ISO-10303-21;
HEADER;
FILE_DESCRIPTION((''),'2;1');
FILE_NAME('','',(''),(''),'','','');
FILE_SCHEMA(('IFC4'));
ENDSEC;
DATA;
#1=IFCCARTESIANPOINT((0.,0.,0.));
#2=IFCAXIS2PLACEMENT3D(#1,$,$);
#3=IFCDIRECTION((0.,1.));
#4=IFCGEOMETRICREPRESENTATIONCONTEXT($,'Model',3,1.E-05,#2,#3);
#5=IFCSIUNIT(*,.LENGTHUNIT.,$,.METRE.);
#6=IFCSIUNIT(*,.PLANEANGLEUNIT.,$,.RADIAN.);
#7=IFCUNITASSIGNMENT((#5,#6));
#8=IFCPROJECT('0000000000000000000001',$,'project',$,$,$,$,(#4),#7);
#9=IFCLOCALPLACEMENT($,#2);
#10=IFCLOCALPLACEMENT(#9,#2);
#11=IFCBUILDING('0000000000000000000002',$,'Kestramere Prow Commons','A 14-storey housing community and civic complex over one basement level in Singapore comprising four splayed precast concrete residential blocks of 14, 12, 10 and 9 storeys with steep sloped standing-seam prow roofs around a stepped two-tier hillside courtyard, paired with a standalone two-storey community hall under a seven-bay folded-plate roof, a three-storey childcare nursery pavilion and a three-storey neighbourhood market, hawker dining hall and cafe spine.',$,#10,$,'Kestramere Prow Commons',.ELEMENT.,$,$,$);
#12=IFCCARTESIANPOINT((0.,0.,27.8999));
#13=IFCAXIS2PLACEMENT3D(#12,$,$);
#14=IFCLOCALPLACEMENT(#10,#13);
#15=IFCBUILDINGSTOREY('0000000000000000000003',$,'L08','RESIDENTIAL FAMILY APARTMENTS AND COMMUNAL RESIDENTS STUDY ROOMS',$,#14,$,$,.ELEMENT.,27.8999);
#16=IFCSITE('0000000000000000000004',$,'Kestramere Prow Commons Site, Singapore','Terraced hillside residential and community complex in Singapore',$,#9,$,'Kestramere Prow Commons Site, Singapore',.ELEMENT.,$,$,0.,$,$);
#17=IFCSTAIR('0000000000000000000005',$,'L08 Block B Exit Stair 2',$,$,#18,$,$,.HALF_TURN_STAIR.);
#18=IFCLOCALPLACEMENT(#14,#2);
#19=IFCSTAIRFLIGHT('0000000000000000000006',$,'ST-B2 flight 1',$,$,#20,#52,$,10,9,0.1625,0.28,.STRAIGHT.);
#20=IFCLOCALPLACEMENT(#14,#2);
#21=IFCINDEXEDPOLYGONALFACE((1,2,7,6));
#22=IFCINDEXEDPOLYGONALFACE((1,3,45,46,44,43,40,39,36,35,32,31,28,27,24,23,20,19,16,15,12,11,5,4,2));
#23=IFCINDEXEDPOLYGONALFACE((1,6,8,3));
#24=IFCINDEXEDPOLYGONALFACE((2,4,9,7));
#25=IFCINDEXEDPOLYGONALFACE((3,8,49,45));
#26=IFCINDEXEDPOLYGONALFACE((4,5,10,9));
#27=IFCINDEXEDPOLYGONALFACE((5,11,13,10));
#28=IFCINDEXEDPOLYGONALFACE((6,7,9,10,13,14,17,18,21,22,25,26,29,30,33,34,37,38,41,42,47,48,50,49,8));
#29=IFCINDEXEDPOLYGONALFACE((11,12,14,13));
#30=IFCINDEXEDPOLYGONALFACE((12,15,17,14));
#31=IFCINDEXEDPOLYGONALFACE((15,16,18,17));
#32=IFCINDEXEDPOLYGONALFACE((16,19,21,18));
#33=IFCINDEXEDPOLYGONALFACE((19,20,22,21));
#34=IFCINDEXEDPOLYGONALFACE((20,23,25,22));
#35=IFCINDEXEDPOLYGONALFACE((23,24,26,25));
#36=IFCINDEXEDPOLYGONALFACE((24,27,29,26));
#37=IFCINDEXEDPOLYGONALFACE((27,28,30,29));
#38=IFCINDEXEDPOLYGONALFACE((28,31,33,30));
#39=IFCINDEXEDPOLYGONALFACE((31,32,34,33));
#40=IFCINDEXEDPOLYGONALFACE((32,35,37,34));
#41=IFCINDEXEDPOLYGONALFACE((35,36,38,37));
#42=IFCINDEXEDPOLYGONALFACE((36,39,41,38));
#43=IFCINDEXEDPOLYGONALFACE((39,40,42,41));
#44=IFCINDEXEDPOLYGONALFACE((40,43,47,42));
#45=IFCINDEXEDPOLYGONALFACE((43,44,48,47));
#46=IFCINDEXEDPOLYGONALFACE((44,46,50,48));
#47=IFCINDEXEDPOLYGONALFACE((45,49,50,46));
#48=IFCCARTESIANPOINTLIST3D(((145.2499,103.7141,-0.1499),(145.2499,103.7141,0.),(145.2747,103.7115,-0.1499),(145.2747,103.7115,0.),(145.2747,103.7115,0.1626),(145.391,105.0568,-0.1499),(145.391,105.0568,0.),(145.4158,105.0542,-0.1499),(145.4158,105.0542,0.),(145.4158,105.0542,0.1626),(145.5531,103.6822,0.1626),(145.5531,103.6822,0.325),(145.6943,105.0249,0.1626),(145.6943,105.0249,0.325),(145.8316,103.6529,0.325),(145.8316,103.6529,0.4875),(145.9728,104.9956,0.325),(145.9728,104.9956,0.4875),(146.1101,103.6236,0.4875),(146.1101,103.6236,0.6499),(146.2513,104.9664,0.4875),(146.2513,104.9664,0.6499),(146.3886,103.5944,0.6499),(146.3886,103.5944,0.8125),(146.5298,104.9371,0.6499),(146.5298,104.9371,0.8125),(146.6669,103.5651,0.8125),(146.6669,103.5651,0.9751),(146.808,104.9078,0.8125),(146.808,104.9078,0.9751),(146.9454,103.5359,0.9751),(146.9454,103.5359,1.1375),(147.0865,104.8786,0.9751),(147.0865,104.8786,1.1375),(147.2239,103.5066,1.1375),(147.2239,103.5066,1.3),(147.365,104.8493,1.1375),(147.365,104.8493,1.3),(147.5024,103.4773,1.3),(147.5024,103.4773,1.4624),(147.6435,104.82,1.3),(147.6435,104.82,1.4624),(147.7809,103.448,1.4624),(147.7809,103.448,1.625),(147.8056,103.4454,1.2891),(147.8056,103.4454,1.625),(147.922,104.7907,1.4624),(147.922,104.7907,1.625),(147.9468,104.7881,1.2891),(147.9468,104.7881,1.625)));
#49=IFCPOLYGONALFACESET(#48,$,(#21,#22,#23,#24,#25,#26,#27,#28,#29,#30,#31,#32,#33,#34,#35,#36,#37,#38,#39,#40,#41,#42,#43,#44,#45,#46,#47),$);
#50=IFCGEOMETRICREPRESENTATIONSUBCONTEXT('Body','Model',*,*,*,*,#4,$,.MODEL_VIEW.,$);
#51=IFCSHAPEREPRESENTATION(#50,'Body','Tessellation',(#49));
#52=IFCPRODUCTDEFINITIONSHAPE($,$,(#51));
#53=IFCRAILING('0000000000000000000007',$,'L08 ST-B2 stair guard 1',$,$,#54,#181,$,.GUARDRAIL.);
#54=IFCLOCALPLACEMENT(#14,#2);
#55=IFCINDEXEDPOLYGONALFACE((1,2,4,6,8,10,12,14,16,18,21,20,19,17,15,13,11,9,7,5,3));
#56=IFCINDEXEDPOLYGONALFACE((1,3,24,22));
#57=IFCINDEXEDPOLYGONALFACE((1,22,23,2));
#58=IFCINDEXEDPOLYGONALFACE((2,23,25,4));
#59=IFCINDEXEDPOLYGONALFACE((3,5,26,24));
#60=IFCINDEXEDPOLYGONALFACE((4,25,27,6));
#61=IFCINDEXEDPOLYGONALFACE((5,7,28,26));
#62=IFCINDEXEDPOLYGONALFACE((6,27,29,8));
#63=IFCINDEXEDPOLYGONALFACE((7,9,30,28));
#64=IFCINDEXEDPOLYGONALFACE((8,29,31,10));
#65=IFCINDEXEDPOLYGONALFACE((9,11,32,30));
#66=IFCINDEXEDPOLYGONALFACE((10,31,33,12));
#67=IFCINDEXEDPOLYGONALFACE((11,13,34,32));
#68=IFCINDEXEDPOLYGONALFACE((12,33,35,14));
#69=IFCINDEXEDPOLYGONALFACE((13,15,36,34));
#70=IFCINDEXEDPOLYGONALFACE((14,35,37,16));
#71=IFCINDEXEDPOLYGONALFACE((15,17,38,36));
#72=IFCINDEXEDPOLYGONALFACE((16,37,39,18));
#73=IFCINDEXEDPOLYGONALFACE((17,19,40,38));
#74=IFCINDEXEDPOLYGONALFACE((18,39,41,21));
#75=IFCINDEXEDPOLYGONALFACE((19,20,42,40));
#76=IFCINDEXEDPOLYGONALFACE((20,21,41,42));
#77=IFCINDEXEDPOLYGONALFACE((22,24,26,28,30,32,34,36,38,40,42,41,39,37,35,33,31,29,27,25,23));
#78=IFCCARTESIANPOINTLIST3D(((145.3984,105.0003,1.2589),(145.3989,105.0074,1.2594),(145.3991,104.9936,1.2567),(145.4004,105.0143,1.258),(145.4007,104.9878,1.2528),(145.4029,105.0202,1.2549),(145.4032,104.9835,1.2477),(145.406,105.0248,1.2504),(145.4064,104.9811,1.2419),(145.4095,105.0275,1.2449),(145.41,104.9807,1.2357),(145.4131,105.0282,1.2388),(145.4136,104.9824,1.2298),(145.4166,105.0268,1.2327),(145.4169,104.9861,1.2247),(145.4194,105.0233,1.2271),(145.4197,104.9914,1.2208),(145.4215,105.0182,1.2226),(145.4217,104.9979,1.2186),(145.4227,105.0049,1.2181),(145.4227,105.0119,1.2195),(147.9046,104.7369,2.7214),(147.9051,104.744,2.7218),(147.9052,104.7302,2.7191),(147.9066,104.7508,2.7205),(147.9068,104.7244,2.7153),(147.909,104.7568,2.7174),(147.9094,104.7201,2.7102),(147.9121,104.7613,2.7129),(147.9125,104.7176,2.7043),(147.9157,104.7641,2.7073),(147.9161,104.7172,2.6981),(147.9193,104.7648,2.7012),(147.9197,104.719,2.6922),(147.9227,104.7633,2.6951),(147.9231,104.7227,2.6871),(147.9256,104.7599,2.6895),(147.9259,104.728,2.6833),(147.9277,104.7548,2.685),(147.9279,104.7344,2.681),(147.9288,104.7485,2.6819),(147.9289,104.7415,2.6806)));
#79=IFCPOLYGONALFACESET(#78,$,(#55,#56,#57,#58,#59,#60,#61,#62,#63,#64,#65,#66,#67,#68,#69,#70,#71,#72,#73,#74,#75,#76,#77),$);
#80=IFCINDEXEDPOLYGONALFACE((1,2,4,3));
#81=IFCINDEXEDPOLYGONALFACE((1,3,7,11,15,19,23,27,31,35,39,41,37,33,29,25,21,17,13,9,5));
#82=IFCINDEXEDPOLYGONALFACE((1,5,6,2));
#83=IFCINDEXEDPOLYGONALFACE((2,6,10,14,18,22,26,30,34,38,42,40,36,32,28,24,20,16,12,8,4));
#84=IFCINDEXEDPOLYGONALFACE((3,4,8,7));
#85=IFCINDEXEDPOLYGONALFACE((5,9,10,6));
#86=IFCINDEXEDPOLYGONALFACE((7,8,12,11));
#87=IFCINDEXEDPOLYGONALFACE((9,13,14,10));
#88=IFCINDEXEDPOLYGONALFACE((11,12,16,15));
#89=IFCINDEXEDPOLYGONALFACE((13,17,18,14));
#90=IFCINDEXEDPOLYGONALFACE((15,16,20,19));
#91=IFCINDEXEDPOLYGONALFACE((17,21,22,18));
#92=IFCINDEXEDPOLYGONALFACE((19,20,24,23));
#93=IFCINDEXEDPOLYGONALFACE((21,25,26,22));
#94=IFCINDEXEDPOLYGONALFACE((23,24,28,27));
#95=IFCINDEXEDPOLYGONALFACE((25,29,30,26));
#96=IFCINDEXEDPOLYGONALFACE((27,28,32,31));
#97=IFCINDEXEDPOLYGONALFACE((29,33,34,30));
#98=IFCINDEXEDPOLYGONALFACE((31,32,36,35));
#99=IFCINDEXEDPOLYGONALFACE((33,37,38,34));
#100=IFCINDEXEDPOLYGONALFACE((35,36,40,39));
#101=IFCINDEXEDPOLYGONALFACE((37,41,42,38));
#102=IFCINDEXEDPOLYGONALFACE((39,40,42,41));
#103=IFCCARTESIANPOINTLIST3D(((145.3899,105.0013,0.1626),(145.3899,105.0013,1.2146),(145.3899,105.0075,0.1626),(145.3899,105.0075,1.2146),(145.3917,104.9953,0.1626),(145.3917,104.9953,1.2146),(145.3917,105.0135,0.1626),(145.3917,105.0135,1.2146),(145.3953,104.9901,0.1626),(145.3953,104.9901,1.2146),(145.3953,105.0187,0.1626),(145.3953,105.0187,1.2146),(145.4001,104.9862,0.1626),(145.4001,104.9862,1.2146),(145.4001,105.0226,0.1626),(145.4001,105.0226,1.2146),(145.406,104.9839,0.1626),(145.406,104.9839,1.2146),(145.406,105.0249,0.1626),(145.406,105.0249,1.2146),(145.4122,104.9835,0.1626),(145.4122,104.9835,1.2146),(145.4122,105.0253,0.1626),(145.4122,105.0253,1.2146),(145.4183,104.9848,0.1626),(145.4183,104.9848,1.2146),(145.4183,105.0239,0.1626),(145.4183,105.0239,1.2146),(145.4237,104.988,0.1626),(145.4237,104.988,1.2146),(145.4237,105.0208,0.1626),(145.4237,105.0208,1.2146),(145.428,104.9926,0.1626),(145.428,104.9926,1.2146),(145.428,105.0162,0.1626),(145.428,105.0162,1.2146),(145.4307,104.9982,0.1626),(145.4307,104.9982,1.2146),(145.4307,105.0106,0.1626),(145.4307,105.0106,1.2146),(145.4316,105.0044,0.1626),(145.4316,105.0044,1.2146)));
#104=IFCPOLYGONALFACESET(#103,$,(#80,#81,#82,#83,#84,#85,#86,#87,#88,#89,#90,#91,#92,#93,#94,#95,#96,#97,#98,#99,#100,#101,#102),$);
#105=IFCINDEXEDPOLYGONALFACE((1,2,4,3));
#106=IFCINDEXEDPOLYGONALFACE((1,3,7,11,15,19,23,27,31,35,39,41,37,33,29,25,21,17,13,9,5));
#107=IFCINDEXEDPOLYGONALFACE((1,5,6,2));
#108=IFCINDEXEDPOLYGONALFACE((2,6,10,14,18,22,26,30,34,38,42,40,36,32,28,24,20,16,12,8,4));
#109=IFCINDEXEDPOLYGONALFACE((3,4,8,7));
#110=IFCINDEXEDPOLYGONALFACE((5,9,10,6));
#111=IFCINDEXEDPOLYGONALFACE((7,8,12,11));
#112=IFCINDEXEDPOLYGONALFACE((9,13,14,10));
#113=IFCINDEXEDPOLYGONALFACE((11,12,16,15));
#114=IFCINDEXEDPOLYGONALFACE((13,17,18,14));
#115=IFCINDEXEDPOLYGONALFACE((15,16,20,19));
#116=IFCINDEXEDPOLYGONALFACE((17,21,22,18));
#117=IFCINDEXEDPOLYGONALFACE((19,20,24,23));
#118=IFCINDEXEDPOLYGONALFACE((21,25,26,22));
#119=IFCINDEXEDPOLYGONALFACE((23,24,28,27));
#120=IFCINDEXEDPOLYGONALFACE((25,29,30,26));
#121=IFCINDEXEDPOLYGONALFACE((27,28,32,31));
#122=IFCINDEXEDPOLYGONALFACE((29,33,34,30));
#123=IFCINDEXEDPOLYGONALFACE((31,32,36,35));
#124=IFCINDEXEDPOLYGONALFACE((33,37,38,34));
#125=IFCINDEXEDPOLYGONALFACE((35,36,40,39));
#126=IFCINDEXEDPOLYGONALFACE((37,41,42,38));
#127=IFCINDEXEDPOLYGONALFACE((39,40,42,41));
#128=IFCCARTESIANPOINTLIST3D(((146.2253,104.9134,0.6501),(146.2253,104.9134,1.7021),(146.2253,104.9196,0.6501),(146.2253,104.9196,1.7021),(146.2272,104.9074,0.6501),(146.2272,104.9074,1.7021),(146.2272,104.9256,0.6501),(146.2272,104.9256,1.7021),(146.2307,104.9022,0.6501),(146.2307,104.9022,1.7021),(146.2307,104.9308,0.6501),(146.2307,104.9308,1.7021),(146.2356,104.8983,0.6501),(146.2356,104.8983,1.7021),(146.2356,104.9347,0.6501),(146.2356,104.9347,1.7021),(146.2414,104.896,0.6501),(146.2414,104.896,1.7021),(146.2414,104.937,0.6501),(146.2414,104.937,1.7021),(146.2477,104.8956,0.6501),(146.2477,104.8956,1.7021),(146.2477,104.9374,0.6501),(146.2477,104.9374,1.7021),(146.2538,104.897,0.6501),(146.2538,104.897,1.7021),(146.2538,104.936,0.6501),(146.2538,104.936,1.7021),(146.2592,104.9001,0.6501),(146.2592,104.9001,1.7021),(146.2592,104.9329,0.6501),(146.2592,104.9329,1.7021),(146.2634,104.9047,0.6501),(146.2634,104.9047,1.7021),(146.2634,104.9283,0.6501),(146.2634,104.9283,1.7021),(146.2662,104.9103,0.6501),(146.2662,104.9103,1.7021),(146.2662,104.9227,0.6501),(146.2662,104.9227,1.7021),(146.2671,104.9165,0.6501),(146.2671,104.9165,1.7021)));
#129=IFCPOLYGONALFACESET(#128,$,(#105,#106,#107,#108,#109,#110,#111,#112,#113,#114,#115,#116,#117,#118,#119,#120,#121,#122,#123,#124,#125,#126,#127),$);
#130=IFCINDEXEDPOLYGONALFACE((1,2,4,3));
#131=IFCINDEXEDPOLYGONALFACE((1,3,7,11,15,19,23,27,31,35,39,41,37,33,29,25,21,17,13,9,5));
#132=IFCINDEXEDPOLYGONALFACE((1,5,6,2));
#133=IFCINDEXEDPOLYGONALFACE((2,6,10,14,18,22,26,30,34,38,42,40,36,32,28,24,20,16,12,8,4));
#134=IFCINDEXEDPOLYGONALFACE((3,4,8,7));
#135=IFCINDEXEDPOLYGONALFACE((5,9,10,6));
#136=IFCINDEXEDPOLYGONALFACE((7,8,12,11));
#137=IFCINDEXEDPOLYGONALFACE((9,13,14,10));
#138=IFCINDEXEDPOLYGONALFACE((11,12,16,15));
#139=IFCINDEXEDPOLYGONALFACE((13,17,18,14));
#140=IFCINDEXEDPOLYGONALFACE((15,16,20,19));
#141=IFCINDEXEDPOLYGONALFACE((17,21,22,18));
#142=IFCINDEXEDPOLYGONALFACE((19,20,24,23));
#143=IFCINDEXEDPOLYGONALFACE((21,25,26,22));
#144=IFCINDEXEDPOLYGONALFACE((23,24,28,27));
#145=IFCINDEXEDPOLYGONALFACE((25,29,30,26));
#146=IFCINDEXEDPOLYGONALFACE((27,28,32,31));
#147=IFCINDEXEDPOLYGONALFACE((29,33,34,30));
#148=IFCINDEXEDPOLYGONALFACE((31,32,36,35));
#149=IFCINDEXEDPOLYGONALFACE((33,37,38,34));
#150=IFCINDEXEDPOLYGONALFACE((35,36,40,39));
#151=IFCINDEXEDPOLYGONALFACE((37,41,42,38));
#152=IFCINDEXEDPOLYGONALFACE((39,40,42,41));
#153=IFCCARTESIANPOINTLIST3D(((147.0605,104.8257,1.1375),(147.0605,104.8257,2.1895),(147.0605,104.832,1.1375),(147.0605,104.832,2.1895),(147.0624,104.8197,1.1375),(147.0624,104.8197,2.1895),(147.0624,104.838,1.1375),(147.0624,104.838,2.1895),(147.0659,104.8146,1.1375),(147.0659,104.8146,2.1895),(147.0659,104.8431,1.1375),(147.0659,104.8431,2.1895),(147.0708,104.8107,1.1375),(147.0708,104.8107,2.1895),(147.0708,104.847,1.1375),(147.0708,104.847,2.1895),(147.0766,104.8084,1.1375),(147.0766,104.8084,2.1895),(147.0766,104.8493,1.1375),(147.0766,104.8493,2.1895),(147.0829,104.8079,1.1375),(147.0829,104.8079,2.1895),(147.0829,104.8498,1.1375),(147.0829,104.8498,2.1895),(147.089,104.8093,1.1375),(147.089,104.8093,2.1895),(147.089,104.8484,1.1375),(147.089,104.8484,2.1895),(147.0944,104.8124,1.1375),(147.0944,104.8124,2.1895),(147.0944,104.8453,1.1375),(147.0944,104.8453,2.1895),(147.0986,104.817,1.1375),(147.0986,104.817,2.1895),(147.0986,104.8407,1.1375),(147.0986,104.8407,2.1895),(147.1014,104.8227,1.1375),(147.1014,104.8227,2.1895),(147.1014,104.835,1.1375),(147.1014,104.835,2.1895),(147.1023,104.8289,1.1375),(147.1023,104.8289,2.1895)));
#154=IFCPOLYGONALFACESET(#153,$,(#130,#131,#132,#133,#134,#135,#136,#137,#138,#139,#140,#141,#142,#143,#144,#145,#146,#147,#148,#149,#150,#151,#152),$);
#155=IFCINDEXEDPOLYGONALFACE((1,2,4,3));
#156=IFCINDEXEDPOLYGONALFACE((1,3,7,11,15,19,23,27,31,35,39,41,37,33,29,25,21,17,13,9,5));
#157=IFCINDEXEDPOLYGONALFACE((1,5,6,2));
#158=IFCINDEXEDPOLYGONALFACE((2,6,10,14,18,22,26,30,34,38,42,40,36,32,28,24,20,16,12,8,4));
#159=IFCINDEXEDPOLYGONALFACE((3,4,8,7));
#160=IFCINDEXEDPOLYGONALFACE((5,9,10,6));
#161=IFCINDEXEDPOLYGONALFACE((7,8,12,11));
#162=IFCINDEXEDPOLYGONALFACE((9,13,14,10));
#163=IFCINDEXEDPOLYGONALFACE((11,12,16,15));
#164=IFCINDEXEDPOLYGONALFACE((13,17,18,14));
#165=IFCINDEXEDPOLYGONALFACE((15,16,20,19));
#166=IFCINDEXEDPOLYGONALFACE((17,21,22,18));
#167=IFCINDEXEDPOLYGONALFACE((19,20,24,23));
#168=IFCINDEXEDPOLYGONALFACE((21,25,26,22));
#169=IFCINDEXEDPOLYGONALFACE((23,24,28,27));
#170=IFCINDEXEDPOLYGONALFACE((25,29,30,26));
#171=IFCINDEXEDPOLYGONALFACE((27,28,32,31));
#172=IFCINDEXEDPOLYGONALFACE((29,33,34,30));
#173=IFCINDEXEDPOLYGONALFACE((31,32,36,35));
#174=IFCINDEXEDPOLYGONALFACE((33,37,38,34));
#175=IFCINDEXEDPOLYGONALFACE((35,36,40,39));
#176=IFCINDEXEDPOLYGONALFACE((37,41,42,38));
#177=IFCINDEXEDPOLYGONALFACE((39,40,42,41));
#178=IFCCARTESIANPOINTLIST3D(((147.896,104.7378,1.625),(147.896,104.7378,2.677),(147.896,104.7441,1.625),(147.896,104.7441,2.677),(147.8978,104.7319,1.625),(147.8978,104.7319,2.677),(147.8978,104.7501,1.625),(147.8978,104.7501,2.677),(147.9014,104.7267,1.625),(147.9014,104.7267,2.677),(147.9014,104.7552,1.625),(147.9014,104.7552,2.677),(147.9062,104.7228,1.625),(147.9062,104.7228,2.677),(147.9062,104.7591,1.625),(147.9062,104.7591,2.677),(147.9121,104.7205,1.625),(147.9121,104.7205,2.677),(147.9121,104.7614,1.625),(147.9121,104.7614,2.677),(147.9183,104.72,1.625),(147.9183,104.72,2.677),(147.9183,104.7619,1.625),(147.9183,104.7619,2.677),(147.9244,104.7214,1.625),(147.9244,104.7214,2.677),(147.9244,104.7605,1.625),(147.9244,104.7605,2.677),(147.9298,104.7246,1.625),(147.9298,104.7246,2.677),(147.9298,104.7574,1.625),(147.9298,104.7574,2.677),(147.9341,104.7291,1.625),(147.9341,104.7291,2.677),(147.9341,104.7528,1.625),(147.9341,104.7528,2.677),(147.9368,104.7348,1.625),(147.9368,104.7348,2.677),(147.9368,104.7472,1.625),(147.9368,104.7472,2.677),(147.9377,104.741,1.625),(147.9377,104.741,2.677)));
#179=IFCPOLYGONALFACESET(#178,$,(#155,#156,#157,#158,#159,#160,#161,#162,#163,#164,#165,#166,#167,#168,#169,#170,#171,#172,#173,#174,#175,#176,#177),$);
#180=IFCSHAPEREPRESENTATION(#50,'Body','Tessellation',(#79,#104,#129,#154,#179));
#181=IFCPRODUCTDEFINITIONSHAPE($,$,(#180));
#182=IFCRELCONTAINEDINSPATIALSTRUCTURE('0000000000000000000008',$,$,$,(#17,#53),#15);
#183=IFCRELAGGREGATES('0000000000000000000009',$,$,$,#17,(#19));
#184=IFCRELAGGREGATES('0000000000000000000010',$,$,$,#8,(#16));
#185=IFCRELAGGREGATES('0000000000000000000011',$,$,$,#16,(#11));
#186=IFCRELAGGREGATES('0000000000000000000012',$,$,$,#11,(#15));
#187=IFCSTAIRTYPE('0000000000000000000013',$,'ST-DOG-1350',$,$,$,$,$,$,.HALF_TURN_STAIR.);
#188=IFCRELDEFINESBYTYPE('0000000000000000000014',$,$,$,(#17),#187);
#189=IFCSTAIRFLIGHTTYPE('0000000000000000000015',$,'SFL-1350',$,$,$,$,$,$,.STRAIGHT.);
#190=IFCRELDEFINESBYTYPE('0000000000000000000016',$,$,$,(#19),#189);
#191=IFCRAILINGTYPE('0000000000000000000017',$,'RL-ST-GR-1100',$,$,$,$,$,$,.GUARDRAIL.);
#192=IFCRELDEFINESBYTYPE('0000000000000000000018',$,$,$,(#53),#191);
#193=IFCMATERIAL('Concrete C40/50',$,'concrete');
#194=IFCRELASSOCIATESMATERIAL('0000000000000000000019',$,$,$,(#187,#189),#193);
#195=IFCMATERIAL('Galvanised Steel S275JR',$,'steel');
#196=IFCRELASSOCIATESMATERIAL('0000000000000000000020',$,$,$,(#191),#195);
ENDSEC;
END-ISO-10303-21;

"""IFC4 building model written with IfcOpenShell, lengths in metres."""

from ifc_helpers import new_model, si_unit, direction, frame, origin, origin_2d, place, context, subcontext, project, spatial, polyline, circle, outline, extrude, material, type_object, element, aggregate, save


model = new_model("IFC4")

# Units and contexts
model_context = context("Model", 3, precision=1e-05, world=origin(), true_north=direction((0.0, 1.0)))
body_context = subcontext(model_context, "Body", "Model", "MODEL_VIEW")
ifc_project = project(units=[si_unit("LENGTHUNIT", "METRE"), si_unit("PLANEANGLEUNIT", "RADIAN")], contexts=[model_context])

# Site, building, storey
site_placement = place(None, origin())
site = spatial("IfcSite", under=ifc_project, at=site_placement, Name="Kestramere Prow Commons Site, Singapore", Description="Terraced hillside residential and community complex in Singapore", LongName="Kestramere Prow Commons Site, Singapore", CompositionType="ELEMENT", RefElevation=0.0)
building_placement = place(site_placement, origin())
building = spatial("IfcBuilding", under=site, at=building_placement, Name="Kestramere Prow Commons", Description="A 14-storey housing community and civic complex over one basement level in Singapore comprising four splayed precast concrete residential blocks of 14, 12, 10 and 9 storeys with steep sloped standing-seam prow roofs around a stepped two-tier hillside courtyard, paired with a standalone two-storey community hall under a seven-bay folded-plate roof, a three-storey childcare nursery pavilion and a three-storey neighbourhood market, hawker dining hall and cafe spine.", LongName="Kestramere Prow Commons", CompositionType="ELEMENT")
storey_placement = place(building_placement, frame((0.0, 0.0, 27.8999)))
storey = spatial("IfcBuildingStorey", under=building, at=storey_placement, Name="L08", Description="RESIDENTIAL FAMILY APARTMENTS AND COMMUNAL RESIDENTS STUDY ROOMS", CompositionType="ELEMENT", Elevation=27.8999)

# Shared definitions
ifc_material_1 = material(Name="Concrete C40/50", Category="concrete")

# Stair, stair flight
stair_type = type_object("IfcStairType", Name="ST-DOG-1350", PredefinedType="HALF_TURN_STAIR", material=ifc_material_1)
stair_placement = place(storey_placement, origin())
stair = element("IfcStair", 1, at=stair_placement, inside=storey, type_object=stair_type, Name="L08 Block B Exit Stair 2", PredefinedType="HALF_TURN_STAIR")
stair_flight_type = type_object("IfcStairFlightType", Name="SFL-1350", PredefinedType="STRAIGHT", material=ifc_material_1)
stair_flight_placement = place(storey_placement, frame((145.3452, 104.3828, 0.0), z_axis=(0.0, 0.0, 1.0), x_axis=(0.994522, -0.104528, 0.0)))
stair_flight = element("IfcStairFlight", 2, at=stair_flight_placement, type_object=stair_flight_type, Name="ST-B2 flight 1", NumberOfRisers=10, NumberOfTreads=9, PredefinedType="STRAIGHT", RiserHeight=0.1625, TreadLength=0.28, context=body_context, shape_type="SweptSolid", body=[
    extrude(outline(polyline([(-0.0249, 0.0), (0.0, 0.0), (0.0, 0.1626), (0.28, 0.1626), (0.28, 0.325), (0.5601, 0.325), (0.5601, 0.4875), (0.8401, 0.4875), (0.8401, 0.6499), (1.1201, 0.6499), (1.1201, 0.8125), (1.3999, 0.8125), (1.3999, 0.9751), (1.6799, 0.9751), (1.6799, 1.1375), (1.96, 1.1375), (1.96, 1.3), (2.24, 1.3), (2.24, 1.4624), (2.52, 1.4624), (2.52, 1.625), (2.5449, 1.625), (2.5449, 1.2891), (0.0, -0.1499), (-0.0249, -0.1499), (-0.0249, 0.0)])), frame((0.0, 0.675, 0.0), z_axis=(0.0, -1.0, 0.0), x_axis=(1.0, 0.0, 0.0)), (0.0, 0.0, 1.0), 1.3501),
])
aggregate(stair, [stair_flight])

# Railing
ifc_material_2 = material(Name="Galvanised Steel S275JR", Category="steel")
railing_type_1 = type_object("IfcRailingType", Name="RL-ST-GR-1100", PredefinedType="GUARDRAIL", material=ifc_material_2)
railing_1_placement = place(storey_placement, frame((145.4106, 105.0044, 0.1626)))
element("IfcRailing", 3, at=railing_1_placement, inside=storey, type_object=railing_type_1, Name="L08 ST-B2 stair guard 1", PredefinedType="GUARDRAIL", context=body_context, shape_type="SweptSolid", body=[
    extrude(circle(Radius=0.0239, at=origin_2d()), frame((0.0, 0.0, 1.0762), z_axis=(0.860165, -0.090416, 0.501937), x_axis=(0.104539, 0.994521, 0.0)), (0.0, 0.0, 1.0), 2.9136),
    extrude(circle(Radius=0.021, at=origin_2d()), origin(), (0.0, 0.0, 1.0), 1.052),
    extrude(circle(Radius=0.021, at=origin_2d()), frame((0.8354, -0.0879, 0.4875)), (0.0, 0.0, 1.0), 1.052),
    extrude(circle(Radius=0.021, at=origin_2d()), frame((1.6707, -0.1755, 0.9749)), (0.0, 0.0, 1.0), 1.052),
    extrude(circle(Radius=0.021, at=origin_2d()), frame((2.5061, -0.2634, 1.4624)), (0.0, 0.0, 1.0), 1.052),
])

save(model, "model.ifc")
